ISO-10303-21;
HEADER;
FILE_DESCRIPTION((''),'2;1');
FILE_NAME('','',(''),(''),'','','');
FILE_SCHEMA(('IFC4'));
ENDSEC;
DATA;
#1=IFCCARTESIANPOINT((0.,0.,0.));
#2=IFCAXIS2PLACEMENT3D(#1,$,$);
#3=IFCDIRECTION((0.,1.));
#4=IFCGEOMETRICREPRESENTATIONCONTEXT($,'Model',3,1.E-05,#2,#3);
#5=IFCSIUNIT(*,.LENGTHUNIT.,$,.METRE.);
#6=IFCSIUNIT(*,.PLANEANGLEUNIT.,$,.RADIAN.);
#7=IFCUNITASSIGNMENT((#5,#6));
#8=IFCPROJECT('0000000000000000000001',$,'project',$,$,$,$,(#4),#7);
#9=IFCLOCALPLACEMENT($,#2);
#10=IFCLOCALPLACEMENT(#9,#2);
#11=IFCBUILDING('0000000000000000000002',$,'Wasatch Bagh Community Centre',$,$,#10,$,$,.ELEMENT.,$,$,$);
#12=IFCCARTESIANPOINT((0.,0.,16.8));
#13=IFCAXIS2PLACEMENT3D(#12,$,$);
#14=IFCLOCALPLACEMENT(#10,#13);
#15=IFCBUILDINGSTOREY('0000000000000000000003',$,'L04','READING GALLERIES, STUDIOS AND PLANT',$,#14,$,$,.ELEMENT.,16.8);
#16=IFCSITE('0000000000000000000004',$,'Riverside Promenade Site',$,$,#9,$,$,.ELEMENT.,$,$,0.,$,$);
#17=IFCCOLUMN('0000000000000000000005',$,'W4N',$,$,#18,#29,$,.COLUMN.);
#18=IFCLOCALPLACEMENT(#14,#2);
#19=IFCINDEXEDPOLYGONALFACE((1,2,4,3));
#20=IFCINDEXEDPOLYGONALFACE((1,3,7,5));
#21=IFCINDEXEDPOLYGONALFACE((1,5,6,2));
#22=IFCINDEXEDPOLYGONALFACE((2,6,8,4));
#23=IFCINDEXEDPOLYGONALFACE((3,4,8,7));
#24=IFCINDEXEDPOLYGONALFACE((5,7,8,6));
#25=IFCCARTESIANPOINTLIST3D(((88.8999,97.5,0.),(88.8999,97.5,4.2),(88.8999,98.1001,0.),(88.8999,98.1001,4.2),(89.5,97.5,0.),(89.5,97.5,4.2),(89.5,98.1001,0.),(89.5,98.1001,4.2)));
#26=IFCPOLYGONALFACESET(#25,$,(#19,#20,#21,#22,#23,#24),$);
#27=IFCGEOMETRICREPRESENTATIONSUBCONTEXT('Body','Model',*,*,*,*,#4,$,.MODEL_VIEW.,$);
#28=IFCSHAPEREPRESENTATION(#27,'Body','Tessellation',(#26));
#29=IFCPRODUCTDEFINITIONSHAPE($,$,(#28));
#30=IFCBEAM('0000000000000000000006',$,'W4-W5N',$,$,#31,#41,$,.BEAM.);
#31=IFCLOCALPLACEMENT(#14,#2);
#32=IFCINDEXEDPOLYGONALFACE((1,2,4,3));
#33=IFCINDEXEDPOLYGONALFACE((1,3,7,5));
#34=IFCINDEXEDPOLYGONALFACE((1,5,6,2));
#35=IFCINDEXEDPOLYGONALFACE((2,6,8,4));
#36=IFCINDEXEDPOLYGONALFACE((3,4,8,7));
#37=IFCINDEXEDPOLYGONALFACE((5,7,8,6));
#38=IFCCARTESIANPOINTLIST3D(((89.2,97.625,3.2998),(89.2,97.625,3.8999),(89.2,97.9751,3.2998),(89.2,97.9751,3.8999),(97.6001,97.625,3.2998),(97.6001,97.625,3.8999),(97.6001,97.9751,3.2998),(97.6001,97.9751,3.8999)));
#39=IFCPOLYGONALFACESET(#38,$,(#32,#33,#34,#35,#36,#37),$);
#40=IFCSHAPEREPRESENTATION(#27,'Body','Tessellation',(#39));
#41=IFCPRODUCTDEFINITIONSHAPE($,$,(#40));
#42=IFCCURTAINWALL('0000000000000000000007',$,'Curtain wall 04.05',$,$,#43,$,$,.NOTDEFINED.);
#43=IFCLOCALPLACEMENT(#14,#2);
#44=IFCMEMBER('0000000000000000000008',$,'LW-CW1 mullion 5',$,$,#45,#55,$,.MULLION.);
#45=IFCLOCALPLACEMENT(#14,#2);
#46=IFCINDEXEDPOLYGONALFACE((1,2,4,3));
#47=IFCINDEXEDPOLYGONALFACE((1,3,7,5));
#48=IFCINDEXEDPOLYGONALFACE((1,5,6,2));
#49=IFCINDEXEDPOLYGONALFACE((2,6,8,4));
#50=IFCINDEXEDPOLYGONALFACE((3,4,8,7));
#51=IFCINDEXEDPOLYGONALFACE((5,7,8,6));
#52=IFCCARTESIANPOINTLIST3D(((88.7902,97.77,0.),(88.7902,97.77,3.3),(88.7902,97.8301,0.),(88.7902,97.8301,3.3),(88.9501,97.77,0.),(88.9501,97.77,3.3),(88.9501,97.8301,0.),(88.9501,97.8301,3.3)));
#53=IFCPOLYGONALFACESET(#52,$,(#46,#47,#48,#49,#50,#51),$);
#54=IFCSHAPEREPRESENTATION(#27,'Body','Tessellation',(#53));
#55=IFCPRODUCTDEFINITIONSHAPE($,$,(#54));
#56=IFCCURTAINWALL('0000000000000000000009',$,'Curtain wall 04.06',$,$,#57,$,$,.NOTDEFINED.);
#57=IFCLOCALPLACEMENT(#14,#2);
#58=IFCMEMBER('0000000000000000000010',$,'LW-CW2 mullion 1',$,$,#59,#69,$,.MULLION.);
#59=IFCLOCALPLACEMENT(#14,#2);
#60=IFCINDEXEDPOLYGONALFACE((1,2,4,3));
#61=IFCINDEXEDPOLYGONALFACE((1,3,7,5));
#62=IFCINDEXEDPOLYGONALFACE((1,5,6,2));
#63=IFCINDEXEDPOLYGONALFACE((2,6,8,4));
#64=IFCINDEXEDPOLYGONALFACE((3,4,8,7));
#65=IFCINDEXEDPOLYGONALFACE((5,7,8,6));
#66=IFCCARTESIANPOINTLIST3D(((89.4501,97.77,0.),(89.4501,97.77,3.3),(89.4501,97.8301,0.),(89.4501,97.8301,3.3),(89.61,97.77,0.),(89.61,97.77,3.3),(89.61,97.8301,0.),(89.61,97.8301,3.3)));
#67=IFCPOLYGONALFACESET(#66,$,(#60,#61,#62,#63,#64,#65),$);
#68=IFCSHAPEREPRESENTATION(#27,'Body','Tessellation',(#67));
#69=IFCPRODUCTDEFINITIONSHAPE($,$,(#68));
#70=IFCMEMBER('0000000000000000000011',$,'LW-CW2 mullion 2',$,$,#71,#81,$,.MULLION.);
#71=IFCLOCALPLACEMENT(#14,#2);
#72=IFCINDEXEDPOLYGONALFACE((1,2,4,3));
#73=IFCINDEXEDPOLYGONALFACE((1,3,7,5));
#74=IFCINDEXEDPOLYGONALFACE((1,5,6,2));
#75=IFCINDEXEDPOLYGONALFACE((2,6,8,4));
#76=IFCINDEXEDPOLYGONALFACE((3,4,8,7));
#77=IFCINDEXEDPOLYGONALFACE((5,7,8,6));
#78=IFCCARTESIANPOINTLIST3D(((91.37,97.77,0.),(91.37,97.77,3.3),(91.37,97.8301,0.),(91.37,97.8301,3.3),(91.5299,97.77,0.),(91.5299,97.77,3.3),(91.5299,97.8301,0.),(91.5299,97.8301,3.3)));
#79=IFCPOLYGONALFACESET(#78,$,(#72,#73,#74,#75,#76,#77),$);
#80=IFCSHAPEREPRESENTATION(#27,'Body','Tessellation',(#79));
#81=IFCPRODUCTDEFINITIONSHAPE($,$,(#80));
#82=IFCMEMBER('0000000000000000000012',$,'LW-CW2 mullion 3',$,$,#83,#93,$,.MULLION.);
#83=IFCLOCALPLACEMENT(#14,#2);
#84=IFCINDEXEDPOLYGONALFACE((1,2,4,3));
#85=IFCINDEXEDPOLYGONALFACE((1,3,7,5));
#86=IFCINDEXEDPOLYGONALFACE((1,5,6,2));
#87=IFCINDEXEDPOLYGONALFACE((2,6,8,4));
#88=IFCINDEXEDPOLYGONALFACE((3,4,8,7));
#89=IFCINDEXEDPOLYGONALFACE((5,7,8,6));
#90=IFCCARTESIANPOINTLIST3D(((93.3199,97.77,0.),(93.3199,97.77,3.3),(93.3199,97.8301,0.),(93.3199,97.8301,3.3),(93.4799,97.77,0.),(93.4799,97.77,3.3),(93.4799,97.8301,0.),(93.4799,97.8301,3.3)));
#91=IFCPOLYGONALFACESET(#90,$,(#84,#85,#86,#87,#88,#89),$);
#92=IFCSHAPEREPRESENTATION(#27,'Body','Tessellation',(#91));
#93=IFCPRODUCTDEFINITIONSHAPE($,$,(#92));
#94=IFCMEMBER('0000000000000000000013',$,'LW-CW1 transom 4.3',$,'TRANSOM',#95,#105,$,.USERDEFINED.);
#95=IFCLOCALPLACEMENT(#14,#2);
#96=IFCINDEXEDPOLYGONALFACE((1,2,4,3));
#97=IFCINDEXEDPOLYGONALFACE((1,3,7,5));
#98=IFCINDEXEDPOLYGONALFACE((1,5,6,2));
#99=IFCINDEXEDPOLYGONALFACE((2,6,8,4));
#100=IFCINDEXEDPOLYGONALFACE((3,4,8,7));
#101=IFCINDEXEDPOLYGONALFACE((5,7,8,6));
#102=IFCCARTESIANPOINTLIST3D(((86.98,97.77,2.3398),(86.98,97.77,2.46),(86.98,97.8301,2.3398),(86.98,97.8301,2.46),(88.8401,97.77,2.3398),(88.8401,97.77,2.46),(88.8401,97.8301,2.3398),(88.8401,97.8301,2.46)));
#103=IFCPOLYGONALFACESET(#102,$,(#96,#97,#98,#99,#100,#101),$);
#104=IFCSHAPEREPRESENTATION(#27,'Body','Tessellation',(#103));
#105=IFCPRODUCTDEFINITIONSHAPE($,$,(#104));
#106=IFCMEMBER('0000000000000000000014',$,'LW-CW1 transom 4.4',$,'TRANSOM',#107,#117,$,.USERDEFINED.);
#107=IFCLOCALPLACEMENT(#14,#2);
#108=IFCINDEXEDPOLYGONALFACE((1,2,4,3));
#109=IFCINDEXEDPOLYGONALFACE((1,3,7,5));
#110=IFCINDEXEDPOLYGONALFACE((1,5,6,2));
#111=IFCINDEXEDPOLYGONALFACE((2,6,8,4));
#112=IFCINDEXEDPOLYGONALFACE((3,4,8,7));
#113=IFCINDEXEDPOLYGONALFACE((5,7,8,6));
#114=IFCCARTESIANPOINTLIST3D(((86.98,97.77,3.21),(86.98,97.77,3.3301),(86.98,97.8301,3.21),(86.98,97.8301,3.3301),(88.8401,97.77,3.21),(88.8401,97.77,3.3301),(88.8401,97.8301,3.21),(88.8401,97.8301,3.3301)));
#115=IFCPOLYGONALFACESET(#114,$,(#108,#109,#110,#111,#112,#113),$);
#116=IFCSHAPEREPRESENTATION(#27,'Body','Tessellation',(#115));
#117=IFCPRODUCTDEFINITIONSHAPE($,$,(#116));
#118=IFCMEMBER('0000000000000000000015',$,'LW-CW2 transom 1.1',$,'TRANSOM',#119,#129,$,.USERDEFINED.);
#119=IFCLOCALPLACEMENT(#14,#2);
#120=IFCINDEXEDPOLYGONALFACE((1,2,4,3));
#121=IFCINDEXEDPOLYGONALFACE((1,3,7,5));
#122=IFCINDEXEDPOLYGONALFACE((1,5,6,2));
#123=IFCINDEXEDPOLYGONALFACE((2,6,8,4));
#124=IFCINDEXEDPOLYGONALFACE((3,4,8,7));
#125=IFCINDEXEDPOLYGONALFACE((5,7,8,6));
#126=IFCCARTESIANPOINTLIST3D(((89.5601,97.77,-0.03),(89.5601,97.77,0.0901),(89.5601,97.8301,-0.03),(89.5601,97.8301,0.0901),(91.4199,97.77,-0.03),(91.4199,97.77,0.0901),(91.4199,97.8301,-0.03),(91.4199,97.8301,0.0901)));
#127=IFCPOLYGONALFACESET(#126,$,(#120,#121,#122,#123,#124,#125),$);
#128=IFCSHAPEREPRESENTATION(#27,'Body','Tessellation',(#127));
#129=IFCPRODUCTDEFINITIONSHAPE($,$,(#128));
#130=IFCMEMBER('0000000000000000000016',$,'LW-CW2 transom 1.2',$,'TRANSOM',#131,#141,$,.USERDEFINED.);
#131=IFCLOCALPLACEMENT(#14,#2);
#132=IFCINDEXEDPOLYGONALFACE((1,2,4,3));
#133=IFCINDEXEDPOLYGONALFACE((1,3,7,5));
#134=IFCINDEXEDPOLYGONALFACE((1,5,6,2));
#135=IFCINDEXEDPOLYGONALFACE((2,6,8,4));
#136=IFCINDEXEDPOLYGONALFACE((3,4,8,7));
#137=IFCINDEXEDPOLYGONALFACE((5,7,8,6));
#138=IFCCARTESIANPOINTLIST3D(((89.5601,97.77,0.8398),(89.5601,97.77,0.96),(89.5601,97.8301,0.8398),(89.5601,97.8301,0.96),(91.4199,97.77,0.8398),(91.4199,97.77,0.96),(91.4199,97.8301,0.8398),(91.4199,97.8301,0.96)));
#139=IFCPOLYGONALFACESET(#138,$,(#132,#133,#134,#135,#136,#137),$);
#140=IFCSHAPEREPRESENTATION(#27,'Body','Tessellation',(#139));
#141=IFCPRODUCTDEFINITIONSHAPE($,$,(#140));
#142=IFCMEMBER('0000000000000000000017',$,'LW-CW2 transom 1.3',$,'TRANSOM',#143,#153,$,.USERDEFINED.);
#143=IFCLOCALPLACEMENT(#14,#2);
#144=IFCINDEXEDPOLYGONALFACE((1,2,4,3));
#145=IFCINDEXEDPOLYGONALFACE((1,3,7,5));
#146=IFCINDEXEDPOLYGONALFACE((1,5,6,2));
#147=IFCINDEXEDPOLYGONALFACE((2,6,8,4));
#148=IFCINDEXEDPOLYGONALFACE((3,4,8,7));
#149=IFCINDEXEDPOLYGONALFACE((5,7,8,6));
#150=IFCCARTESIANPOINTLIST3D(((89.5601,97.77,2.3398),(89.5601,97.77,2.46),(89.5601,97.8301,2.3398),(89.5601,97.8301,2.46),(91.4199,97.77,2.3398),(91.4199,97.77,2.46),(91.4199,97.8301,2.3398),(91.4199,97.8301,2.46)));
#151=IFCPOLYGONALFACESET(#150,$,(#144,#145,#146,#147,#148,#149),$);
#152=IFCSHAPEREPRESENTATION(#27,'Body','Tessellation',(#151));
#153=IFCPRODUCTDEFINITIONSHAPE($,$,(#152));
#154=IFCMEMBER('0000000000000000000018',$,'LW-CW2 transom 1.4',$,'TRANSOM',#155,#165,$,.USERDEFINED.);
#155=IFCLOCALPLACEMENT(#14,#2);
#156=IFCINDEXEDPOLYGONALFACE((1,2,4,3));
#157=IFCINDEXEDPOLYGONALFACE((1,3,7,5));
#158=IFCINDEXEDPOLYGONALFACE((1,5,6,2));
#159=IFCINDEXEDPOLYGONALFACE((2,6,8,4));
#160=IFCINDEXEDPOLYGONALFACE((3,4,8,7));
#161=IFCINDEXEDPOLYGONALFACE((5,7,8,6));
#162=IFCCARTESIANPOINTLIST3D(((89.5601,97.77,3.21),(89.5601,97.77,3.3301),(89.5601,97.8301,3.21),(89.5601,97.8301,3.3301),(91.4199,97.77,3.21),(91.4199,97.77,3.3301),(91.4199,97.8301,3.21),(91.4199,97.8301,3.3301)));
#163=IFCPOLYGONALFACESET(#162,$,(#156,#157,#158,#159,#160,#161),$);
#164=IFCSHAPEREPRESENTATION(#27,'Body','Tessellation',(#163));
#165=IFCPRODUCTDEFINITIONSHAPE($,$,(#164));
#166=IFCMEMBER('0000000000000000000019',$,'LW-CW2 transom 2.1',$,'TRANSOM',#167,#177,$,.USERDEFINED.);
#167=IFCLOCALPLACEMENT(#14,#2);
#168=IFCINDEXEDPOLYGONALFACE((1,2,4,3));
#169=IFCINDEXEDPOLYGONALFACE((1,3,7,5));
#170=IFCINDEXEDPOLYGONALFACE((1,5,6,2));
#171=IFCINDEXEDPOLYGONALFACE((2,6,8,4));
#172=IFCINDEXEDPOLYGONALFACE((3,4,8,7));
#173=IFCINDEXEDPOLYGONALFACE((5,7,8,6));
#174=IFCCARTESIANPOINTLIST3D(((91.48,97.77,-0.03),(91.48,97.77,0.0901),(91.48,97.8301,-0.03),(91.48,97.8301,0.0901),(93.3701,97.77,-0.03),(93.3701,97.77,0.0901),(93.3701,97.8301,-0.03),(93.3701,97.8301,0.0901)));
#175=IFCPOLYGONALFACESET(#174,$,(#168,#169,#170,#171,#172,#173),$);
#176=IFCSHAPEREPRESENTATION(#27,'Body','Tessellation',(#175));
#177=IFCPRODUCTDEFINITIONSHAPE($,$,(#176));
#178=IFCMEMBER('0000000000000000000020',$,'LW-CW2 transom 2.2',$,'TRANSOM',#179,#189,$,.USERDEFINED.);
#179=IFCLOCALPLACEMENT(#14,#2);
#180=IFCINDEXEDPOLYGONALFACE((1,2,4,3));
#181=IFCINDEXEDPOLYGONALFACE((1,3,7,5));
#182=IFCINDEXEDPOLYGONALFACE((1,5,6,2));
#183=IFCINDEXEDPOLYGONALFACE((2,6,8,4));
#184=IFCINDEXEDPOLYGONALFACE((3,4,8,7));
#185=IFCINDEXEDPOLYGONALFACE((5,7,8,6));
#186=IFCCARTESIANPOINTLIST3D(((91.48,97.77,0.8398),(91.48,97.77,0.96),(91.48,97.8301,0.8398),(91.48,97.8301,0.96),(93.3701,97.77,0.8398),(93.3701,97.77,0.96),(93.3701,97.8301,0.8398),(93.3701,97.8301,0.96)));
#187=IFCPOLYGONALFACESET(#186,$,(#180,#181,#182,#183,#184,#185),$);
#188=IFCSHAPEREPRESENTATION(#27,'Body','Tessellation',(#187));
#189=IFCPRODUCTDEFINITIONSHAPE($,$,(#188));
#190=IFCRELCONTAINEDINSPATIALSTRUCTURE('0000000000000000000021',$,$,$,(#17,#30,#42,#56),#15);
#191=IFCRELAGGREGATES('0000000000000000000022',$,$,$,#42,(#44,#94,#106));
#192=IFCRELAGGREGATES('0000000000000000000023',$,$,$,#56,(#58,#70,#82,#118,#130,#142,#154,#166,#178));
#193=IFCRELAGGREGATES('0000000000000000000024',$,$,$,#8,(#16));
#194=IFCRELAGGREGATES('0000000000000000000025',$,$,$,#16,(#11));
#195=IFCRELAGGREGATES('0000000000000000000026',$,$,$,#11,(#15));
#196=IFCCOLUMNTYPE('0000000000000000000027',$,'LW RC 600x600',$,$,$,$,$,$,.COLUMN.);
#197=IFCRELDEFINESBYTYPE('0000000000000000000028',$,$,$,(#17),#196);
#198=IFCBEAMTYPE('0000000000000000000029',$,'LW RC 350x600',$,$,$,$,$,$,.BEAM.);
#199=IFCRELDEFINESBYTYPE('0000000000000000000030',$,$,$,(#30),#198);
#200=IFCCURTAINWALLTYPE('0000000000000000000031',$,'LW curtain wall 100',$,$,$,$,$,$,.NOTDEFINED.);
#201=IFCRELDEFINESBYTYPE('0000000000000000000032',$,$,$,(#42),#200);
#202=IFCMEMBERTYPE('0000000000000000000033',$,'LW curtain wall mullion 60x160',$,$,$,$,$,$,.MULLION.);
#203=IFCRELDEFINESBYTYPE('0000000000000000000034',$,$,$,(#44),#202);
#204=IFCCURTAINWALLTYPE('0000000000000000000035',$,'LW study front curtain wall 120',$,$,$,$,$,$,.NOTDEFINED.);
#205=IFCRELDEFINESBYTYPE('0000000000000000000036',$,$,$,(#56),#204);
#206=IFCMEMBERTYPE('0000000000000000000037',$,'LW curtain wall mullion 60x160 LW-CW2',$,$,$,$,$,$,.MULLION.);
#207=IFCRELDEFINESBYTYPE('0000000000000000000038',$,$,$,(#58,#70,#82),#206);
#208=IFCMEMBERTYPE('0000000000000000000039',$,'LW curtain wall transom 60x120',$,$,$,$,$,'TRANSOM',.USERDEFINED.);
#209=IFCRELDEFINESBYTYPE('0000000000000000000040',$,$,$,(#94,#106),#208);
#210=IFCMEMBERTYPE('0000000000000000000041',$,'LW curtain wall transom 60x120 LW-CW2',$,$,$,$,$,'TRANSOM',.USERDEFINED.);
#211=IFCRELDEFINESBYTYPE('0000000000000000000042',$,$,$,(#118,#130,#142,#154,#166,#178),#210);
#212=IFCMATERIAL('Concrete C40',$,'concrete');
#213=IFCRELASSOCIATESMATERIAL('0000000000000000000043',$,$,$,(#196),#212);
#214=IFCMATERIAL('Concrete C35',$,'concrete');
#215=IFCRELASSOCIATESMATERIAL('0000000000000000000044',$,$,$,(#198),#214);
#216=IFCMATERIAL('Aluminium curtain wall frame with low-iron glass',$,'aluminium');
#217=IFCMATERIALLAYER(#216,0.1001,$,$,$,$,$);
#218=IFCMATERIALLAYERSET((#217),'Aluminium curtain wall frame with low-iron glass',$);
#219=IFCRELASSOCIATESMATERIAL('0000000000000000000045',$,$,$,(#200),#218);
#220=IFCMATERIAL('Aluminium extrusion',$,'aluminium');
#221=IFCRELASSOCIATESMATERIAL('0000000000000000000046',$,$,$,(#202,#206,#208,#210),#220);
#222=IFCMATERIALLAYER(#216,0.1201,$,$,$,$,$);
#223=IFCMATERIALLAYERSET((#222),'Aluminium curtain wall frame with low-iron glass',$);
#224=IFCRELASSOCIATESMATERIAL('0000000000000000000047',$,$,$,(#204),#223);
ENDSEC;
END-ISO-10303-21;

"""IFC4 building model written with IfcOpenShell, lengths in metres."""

from ifc_helpers import new_model, si_unit, direction, frame, origin, origin_2d, place, context, subcontext, project, spatial, rectangle, extrude, material, layer, layer_set, material_profile, profile_set, type_object, element, aggregate, save


model = new_model("IFC4")

# Units and contexts
model_context = context("Model", 3, precision=1e-05, world=origin(), true_north=direction((0.0, 1.0)))
body_context = subcontext(model_context, "Body", "Model", "MODEL_VIEW")
ifc_project = project(units=[si_unit("LENGTHUNIT", "METRE"), si_unit("PLANEANGLEUNIT", "RADIAN")], contexts=[model_context])

# Site, building, storey
site_placement = place(None, origin())
site = spatial("IfcSite", under=ifc_project, at=site_placement, Name="Riverside Promenade Site", CompositionType="ELEMENT", RefElevation=0.0)
building_placement = place(site_placement, origin())
building = spatial("IfcBuilding", under=site, at=building_placement, Name="Wasatch Bagh Community Centre", CompositionType="ELEMENT")
storey_placement = place(building_placement, frame((0.0, 0.0, 16.8)))
storey = spatial("IfcBuildingStorey", under=building, at=storey_placement, Name="L04", Description="READING GALLERIES, STUDIOS AND PLANT", CompositionType="ELEMENT", Elevation=16.8)

# Column
ifc_material_1 = material(Name="Concrete C40", Category="concrete")
ifc_material_profile_1 = material_profile(ifc_material_1, rectangle(XDim=0.6001, YDim=0.6001, at=origin_2d()), Name="RC 600x600")
ifc_profile_set_1 = profile_set([ifc_material_profile_1], Name="Concrete C40")
column_type = type_object("IfcColumnType", Name="LW RC 600x600", PredefinedType="COLUMN", material=ifc_profile_set_1)
column_placement = place(storey_placement, frame((89.2, 97.8, 0.0), z_axis=(0.0, 0.0, 1.0), x_axis=(1.0, 0.0, 0.0)))
element("IfcColumn", 1, at=column_placement, inside=storey, type_object=column_type, Name="W4N", PredefinedType="COLUMN", context=body_context, shape_type="SweptSolid", body=[
    extrude(rectangle(XDim=0.6001, YDim=0.6001, at=origin_2d()), origin(), (0.0, 0.0, 1.0), 4.2),
])

# Beam
ifc_material_2 = material(Name="Concrete C35", Category="concrete")
ifc_material_profile_2 = material_profile(ifc_material_2, rectangle(XDim=0.3501, YDim=0.6001, at=origin_2d()), Name="RC 350x600")
ifc_profile_set_2 = profile_set([ifc_material_profile_2], Name="Concrete C35")
beam_type = type_object("IfcBeamType", Name="LW RC 350x600", PredefinedType="BEAM", material=ifc_profile_set_2)
beam_placement = place(storey_placement, frame((89.2, 97.8, 3.5999), z_axis=(1.0, 0.0, 0.0), x_axis=(0.0, 1.0, 0.0)))
element("IfcBeam", 2, at=beam_placement, inside=storey, type_object=beam_type, Name="W4-W5N", PredefinedType="BEAM", context=body_context, shape_type="SweptSolid", body=[
    extrude(rectangle(XDim=0.3501, YDim=0.6001, at=origin_2d()), origin(), (0.0, 0.0, 1.0), 8.4001),
])

# Curtain wall, member
ifc_material_3 = material(Name="Aluminium curtain wall frame with low-iron glass", Category="aluminium")
ifc_layer_1 = layer(ifc_material_3, 0.1001)
ifc_layer_set_1 = layer_set([ifc_layer_1], Name="Aluminium curtain wall frame with low-iron glass")
curtain_wall_type_1 = type_object("IfcCurtainWallType", Name="LW curtain wall 100", PredefinedType="NOTDEFINED", material=ifc_layer_set_1)
curtain_wall_1_placement = place(storey_placement, origin())
curtain_wall_1 = element("IfcCurtainWall", 3, at=curtain_wall_1_placement, inside=storey, type_object=curtain_wall_type_1, Name="Curtain wall 04.05", PredefinedType="NOTDEFINED")
ifc_material_4 = material(Name="Aluminium extrusion", Category="aluminium")
ifc_material_profile_3 = material_profile(ifc_material_4, rectangle(XDim=0.0601, YDim=0.1599, at=origin_2d()), Name="AL 60x160")
ifc_profile_set_3 = profile_set([ifc_material_profile_3], Name="Aluminium extrusion")
member_type_1 = type_object("IfcMemberType", Name="LW curtain wall mullion 60x160", PredefinedType="MULLION", material=ifc_profile_set_3)
member_1_placement = place(storey_placement, frame((88.8701, 97.8, 0.0), z_axis=(0.0, 0.0, 1.0), x_axis=(0.0, 1.0, 0.0)))
member_1 = element("IfcMember", 4, at=member_1_placement, type_object=member_type_1, Name="LW-CW1 mullion 5", PredefinedType="MULLION", context=body_context, shape_type="SweptSolid", body=[
    extrude(rectangle(XDim=0.0601, YDim=0.1599, at=origin_2d()), origin(), (0.0, 0.0, 1.0), 3.3),
])

# Curtain wall, members
ifc_layer_2 = layer(ifc_material_3, 0.1201)
ifc_layer_set_2 = layer_set([ifc_layer_2], Name="Aluminium curtain wall frame with low-iron glass")
curtain_wall_type_2 = type_object("IfcCurtainWallType", Name="LW study front curtain wall 120", PredefinedType="NOTDEFINED", material=ifc_layer_set_2)
curtain_wall_2_placement = place(storey_placement, origin())
curtain_wall_2 = element("IfcCurtainWall", 5, at=curtain_wall_2_placement, inside=storey, type_object=curtain_wall_type_2, Name="Curtain wall 04.06", PredefinedType="NOTDEFINED")
ifc_material_profile_4 = material_profile(ifc_material_4, rectangle(XDim=0.0601, YDim=0.1599, at=origin_2d()), Name="AL 60x160")
ifc_profile_set_4 = profile_set([ifc_material_profile_4], Name="Aluminium extrusion")
member_type_2 = type_object("IfcMemberType", Name="LW curtain wall mullion 60x160 LW-CW2", PredefinedType="MULLION", material=ifc_profile_set_4)
member_2_placement = place(storey_placement, frame((89.53, 97.8, 0.0), z_axis=(0.0, 0.0, 1.0), x_axis=(0.0, 1.0, 0.0)))
member_2 = element("IfcMember", 6, at=member_2_placement, type_object=member_type_2, Name="LW-CW2 mullion 1", PredefinedType="MULLION", context=body_context, shape_type="SweptSolid", body=[
    extrude(rectangle(XDim=0.0601, YDim=0.1599, at=origin_2d()), origin(), (0.0, 0.0, 1.0), 3.3),
])
member_3_placement = place(storey_placement, frame((91.45, 97.8, 0.0), z_axis=(0.0, 0.0, 1.0), x_axis=(0.0, 1.0, 0.0)))
member_3 = element("IfcMember", 7, at=member_3_placement, type_object=member_type_2, Name="LW-CW2 mullion 2", PredefinedType="MULLION", context=body_context, shape_type="SweptSolid", body=[
    extrude(rectangle(XDim=0.0601, YDim=0.1599, at=origin_2d()), origin(), (0.0, 0.0, 1.0), 3.3),
])
member_4_placement = place(storey_placement, frame((93.3999, 97.8, 0.0), z_axis=(0.0, 0.0, 1.0), x_axis=(0.0, 1.0, 0.0)))
member_4 = element("IfcMember", 8, at=member_4_placement, type_object=member_type_2, Name="LW-CW2 mullion 3", PredefinedType="MULLION", context=body_context, shape_type="SweptSolid", body=[
    extrude(rectangle(XDim=0.0601, YDim=0.1599, at=origin_2d()), origin(), (0.0, 0.0, 1.0), 3.3),
])

# Members
ifc_material_profile_5 = material_profile(ifc_material_4, rectangle(XDim=0.0601, YDim=0.1201, at=origin_2d()), Name="AL 60x120")
ifc_profile_set_5 = profile_set([ifc_material_profile_5], Name="Aluminium extrusion")
member_type_3 = type_object("IfcMemberType", Name="LW curtain wall transom 60x120", ElementType="TRANSOM", PredefinedType="USERDEFINED", material=ifc_profile_set_5)
member_5_placement = place(storey_placement, frame((86.98, 97.8, 2.3999), z_axis=(1.0, 0.0, 0.0), x_axis=(0.0, 1.0, 0.0)))
member_5 = element("IfcMember", 9, at=member_5_placement, type_object=member_type_3, Name="LW-CW1 transom 4.3", ObjectType="TRANSOM", PredefinedType="USERDEFINED", context=body_context, shape_type="SweptSolid", body=[
    extrude(rectangle(XDim=0.0601, YDim=0.1201, at=origin_2d()), origin(), (0.0, 0.0, 1.0), 1.8601),
])
member_6_placement = place(storey_placement, frame((86.98, 97.8, 3.27), z_axis=(1.0, 0.0, 0.0), x_axis=(0.0, 1.0, 0.0)))
member_6 = element("IfcMember", 10, at=member_6_placement, type_object=member_type_3, Name="LW-CW1 transom 4.4", ObjectType="TRANSOM", PredefinedType="USERDEFINED", context=body_context, shape_type="SweptSolid", body=[
    extrude(rectangle(XDim=0.0601, YDim=0.1201, at=origin_2d()), origin(), (0.0, 0.0, 1.0), 1.8601),
])
ifc_material_profile_6 = material_profile(ifc_material_4, rectangle(XDim=0.0601, YDim=0.1201, at=origin_2d()), Name="AL 60x120")
ifc_profile_set_6 = profile_set([ifc_material_profile_6], Name="Aluminium extrusion")
member_type_4 = type_object("IfcMemberType", Name="LW curtain wall transom 60x120 LW-CW2", ElementType="TRANSOM", PredefinedType="USERDEFINED", material=ifc_profile_set_6)
member_7_placement = place(storey_placement, frame((89.5601, 97.8, 0.03), z_axis=(1.0, 0.0, 0.0), x_axis=(0.0, 1.0, 0.0)))
member_7 = element("IfcMember", 11, at=member_7_placement, type_object=member_type_4, Name="LW-CW2 transom 1.1", ObjectType="TRANSOM", PredefinedType="USERDEFINED", context=body_context, shape_type="SweptSolid", body=[
    extrude(rectangle(XDim=0.0601, YDim=0.1201, at=origin_2d()), origin(), (0.0, 0.0, 1.0), 1.8599),
])
member_8_placement = place(storey_placement, frame((89.5601, 97.8, 0.8999), z_axis=(1.0, 0.0, 0.0), x_axis=(0.0, 1.0, 0.0)))
member_8 = element("IfcMember", 12, at=member_8_placement, type_object=member_type_4, Name="LW-CW2 transom 1.2", ObjectType="TRANSOM", PredefinedType="USERDEFINED", context=body_context, shape_type="SweptSolid", body=[
    extrude(rectangle(XDim=0.0601, YDim=0.1201, at=origin_2d()), origin(), (0.0, 0.0, 1.0), 1.8599),
])
member_9_placement = place(storey_placement, frame((89.5601, 97.8, 2.3999), z_axis=(1.0, 0.0, 0.0), x_axis=(0.0, 1.0, 0.0)))
member_9 = element("IfcMember", 13, at=member_9_placement, type_object=member_type_4, Name="LW-CW2 transom 1.3", ObjectType="TRANSOM", PredefinedType="USERDEFINED", context=body_context, shape_type="SweptSolid", body=[
    extrude(rectangle(XDim=0.0601, YDim=0.1201, at=origin_2d()), origin(), (0.0, 0.0, 1.0), 1.8599),
])
member_10_placement = place(storey_placement, frame((89.5601, 97.8, 3.27), z_axis=(1.0, 0.0, 0.0), x_axis=(0.0, 1.0, 0.0)))
member_10 = element("IfcMember", 14, at=member_10_placement, type_object=member_type_4, Name="LW-CW2 transom 1.4", ObjectType="TRANSOM", PredefinedType="USERDEFINED", context=body_context, shape_type="SweptSolid", body=[
    extrude(rectangle(XDim=0.0601, YDim=0.1201, at=origin_2d()), origin(), (0.0, 0.0, 1.0), 1.8599),
])
member_11_placement = place(storey_placement, frame((91.48, 97.8, 0.03), z_axis=(1.0, 0.0, 0.0), x_axis=(0.0, 1.0, 0.0)))
member_11 = element("IfcMember", 15, at=member_11_placement, type_object=member_type_4, Name="LW-CW2 transom 2.1", ObjectType="TRANSOM", PredefinedType="USERDEFINED", context=body_context, shape_type="SweptSolid", body=[
    extrude(rectangle(XDim=0.0601, YDim=0.1201, at=origin_2d()), origin(), (0.0, 0.0, 1.0), 1.8901),
])
member_12_placement = place(storey_placement, frame((91.48, 97.8, 0.8999), z_axis=(1.0, 0.0, 0.0), x_axis=(0.0, 1.0, 0.0)))
member_12 = element("IfcMember", 16, at=member_12_placement, type_object=member_type_4, Name="LW-CW2 transom 2.2", ObjectType="TRANSOM", PredefinedType="USERDEFINED", context=body_context, shape_type="SweptSolid", body=[
    extrude(rectangle(XDim=0.0601, YDim=0.1201, at=origin_2d()), origin(), (0.0, 0.0, 1.0), 1.8901),
])

aggregate(curtain_wall_1, [member_1, member_5, member_6])
aggregate(curtain_wall_2, [member_2, member_3, member_4, member_7, member_8, member_9, member_10, member_11, member_12])

save(model, "model.ifc")
